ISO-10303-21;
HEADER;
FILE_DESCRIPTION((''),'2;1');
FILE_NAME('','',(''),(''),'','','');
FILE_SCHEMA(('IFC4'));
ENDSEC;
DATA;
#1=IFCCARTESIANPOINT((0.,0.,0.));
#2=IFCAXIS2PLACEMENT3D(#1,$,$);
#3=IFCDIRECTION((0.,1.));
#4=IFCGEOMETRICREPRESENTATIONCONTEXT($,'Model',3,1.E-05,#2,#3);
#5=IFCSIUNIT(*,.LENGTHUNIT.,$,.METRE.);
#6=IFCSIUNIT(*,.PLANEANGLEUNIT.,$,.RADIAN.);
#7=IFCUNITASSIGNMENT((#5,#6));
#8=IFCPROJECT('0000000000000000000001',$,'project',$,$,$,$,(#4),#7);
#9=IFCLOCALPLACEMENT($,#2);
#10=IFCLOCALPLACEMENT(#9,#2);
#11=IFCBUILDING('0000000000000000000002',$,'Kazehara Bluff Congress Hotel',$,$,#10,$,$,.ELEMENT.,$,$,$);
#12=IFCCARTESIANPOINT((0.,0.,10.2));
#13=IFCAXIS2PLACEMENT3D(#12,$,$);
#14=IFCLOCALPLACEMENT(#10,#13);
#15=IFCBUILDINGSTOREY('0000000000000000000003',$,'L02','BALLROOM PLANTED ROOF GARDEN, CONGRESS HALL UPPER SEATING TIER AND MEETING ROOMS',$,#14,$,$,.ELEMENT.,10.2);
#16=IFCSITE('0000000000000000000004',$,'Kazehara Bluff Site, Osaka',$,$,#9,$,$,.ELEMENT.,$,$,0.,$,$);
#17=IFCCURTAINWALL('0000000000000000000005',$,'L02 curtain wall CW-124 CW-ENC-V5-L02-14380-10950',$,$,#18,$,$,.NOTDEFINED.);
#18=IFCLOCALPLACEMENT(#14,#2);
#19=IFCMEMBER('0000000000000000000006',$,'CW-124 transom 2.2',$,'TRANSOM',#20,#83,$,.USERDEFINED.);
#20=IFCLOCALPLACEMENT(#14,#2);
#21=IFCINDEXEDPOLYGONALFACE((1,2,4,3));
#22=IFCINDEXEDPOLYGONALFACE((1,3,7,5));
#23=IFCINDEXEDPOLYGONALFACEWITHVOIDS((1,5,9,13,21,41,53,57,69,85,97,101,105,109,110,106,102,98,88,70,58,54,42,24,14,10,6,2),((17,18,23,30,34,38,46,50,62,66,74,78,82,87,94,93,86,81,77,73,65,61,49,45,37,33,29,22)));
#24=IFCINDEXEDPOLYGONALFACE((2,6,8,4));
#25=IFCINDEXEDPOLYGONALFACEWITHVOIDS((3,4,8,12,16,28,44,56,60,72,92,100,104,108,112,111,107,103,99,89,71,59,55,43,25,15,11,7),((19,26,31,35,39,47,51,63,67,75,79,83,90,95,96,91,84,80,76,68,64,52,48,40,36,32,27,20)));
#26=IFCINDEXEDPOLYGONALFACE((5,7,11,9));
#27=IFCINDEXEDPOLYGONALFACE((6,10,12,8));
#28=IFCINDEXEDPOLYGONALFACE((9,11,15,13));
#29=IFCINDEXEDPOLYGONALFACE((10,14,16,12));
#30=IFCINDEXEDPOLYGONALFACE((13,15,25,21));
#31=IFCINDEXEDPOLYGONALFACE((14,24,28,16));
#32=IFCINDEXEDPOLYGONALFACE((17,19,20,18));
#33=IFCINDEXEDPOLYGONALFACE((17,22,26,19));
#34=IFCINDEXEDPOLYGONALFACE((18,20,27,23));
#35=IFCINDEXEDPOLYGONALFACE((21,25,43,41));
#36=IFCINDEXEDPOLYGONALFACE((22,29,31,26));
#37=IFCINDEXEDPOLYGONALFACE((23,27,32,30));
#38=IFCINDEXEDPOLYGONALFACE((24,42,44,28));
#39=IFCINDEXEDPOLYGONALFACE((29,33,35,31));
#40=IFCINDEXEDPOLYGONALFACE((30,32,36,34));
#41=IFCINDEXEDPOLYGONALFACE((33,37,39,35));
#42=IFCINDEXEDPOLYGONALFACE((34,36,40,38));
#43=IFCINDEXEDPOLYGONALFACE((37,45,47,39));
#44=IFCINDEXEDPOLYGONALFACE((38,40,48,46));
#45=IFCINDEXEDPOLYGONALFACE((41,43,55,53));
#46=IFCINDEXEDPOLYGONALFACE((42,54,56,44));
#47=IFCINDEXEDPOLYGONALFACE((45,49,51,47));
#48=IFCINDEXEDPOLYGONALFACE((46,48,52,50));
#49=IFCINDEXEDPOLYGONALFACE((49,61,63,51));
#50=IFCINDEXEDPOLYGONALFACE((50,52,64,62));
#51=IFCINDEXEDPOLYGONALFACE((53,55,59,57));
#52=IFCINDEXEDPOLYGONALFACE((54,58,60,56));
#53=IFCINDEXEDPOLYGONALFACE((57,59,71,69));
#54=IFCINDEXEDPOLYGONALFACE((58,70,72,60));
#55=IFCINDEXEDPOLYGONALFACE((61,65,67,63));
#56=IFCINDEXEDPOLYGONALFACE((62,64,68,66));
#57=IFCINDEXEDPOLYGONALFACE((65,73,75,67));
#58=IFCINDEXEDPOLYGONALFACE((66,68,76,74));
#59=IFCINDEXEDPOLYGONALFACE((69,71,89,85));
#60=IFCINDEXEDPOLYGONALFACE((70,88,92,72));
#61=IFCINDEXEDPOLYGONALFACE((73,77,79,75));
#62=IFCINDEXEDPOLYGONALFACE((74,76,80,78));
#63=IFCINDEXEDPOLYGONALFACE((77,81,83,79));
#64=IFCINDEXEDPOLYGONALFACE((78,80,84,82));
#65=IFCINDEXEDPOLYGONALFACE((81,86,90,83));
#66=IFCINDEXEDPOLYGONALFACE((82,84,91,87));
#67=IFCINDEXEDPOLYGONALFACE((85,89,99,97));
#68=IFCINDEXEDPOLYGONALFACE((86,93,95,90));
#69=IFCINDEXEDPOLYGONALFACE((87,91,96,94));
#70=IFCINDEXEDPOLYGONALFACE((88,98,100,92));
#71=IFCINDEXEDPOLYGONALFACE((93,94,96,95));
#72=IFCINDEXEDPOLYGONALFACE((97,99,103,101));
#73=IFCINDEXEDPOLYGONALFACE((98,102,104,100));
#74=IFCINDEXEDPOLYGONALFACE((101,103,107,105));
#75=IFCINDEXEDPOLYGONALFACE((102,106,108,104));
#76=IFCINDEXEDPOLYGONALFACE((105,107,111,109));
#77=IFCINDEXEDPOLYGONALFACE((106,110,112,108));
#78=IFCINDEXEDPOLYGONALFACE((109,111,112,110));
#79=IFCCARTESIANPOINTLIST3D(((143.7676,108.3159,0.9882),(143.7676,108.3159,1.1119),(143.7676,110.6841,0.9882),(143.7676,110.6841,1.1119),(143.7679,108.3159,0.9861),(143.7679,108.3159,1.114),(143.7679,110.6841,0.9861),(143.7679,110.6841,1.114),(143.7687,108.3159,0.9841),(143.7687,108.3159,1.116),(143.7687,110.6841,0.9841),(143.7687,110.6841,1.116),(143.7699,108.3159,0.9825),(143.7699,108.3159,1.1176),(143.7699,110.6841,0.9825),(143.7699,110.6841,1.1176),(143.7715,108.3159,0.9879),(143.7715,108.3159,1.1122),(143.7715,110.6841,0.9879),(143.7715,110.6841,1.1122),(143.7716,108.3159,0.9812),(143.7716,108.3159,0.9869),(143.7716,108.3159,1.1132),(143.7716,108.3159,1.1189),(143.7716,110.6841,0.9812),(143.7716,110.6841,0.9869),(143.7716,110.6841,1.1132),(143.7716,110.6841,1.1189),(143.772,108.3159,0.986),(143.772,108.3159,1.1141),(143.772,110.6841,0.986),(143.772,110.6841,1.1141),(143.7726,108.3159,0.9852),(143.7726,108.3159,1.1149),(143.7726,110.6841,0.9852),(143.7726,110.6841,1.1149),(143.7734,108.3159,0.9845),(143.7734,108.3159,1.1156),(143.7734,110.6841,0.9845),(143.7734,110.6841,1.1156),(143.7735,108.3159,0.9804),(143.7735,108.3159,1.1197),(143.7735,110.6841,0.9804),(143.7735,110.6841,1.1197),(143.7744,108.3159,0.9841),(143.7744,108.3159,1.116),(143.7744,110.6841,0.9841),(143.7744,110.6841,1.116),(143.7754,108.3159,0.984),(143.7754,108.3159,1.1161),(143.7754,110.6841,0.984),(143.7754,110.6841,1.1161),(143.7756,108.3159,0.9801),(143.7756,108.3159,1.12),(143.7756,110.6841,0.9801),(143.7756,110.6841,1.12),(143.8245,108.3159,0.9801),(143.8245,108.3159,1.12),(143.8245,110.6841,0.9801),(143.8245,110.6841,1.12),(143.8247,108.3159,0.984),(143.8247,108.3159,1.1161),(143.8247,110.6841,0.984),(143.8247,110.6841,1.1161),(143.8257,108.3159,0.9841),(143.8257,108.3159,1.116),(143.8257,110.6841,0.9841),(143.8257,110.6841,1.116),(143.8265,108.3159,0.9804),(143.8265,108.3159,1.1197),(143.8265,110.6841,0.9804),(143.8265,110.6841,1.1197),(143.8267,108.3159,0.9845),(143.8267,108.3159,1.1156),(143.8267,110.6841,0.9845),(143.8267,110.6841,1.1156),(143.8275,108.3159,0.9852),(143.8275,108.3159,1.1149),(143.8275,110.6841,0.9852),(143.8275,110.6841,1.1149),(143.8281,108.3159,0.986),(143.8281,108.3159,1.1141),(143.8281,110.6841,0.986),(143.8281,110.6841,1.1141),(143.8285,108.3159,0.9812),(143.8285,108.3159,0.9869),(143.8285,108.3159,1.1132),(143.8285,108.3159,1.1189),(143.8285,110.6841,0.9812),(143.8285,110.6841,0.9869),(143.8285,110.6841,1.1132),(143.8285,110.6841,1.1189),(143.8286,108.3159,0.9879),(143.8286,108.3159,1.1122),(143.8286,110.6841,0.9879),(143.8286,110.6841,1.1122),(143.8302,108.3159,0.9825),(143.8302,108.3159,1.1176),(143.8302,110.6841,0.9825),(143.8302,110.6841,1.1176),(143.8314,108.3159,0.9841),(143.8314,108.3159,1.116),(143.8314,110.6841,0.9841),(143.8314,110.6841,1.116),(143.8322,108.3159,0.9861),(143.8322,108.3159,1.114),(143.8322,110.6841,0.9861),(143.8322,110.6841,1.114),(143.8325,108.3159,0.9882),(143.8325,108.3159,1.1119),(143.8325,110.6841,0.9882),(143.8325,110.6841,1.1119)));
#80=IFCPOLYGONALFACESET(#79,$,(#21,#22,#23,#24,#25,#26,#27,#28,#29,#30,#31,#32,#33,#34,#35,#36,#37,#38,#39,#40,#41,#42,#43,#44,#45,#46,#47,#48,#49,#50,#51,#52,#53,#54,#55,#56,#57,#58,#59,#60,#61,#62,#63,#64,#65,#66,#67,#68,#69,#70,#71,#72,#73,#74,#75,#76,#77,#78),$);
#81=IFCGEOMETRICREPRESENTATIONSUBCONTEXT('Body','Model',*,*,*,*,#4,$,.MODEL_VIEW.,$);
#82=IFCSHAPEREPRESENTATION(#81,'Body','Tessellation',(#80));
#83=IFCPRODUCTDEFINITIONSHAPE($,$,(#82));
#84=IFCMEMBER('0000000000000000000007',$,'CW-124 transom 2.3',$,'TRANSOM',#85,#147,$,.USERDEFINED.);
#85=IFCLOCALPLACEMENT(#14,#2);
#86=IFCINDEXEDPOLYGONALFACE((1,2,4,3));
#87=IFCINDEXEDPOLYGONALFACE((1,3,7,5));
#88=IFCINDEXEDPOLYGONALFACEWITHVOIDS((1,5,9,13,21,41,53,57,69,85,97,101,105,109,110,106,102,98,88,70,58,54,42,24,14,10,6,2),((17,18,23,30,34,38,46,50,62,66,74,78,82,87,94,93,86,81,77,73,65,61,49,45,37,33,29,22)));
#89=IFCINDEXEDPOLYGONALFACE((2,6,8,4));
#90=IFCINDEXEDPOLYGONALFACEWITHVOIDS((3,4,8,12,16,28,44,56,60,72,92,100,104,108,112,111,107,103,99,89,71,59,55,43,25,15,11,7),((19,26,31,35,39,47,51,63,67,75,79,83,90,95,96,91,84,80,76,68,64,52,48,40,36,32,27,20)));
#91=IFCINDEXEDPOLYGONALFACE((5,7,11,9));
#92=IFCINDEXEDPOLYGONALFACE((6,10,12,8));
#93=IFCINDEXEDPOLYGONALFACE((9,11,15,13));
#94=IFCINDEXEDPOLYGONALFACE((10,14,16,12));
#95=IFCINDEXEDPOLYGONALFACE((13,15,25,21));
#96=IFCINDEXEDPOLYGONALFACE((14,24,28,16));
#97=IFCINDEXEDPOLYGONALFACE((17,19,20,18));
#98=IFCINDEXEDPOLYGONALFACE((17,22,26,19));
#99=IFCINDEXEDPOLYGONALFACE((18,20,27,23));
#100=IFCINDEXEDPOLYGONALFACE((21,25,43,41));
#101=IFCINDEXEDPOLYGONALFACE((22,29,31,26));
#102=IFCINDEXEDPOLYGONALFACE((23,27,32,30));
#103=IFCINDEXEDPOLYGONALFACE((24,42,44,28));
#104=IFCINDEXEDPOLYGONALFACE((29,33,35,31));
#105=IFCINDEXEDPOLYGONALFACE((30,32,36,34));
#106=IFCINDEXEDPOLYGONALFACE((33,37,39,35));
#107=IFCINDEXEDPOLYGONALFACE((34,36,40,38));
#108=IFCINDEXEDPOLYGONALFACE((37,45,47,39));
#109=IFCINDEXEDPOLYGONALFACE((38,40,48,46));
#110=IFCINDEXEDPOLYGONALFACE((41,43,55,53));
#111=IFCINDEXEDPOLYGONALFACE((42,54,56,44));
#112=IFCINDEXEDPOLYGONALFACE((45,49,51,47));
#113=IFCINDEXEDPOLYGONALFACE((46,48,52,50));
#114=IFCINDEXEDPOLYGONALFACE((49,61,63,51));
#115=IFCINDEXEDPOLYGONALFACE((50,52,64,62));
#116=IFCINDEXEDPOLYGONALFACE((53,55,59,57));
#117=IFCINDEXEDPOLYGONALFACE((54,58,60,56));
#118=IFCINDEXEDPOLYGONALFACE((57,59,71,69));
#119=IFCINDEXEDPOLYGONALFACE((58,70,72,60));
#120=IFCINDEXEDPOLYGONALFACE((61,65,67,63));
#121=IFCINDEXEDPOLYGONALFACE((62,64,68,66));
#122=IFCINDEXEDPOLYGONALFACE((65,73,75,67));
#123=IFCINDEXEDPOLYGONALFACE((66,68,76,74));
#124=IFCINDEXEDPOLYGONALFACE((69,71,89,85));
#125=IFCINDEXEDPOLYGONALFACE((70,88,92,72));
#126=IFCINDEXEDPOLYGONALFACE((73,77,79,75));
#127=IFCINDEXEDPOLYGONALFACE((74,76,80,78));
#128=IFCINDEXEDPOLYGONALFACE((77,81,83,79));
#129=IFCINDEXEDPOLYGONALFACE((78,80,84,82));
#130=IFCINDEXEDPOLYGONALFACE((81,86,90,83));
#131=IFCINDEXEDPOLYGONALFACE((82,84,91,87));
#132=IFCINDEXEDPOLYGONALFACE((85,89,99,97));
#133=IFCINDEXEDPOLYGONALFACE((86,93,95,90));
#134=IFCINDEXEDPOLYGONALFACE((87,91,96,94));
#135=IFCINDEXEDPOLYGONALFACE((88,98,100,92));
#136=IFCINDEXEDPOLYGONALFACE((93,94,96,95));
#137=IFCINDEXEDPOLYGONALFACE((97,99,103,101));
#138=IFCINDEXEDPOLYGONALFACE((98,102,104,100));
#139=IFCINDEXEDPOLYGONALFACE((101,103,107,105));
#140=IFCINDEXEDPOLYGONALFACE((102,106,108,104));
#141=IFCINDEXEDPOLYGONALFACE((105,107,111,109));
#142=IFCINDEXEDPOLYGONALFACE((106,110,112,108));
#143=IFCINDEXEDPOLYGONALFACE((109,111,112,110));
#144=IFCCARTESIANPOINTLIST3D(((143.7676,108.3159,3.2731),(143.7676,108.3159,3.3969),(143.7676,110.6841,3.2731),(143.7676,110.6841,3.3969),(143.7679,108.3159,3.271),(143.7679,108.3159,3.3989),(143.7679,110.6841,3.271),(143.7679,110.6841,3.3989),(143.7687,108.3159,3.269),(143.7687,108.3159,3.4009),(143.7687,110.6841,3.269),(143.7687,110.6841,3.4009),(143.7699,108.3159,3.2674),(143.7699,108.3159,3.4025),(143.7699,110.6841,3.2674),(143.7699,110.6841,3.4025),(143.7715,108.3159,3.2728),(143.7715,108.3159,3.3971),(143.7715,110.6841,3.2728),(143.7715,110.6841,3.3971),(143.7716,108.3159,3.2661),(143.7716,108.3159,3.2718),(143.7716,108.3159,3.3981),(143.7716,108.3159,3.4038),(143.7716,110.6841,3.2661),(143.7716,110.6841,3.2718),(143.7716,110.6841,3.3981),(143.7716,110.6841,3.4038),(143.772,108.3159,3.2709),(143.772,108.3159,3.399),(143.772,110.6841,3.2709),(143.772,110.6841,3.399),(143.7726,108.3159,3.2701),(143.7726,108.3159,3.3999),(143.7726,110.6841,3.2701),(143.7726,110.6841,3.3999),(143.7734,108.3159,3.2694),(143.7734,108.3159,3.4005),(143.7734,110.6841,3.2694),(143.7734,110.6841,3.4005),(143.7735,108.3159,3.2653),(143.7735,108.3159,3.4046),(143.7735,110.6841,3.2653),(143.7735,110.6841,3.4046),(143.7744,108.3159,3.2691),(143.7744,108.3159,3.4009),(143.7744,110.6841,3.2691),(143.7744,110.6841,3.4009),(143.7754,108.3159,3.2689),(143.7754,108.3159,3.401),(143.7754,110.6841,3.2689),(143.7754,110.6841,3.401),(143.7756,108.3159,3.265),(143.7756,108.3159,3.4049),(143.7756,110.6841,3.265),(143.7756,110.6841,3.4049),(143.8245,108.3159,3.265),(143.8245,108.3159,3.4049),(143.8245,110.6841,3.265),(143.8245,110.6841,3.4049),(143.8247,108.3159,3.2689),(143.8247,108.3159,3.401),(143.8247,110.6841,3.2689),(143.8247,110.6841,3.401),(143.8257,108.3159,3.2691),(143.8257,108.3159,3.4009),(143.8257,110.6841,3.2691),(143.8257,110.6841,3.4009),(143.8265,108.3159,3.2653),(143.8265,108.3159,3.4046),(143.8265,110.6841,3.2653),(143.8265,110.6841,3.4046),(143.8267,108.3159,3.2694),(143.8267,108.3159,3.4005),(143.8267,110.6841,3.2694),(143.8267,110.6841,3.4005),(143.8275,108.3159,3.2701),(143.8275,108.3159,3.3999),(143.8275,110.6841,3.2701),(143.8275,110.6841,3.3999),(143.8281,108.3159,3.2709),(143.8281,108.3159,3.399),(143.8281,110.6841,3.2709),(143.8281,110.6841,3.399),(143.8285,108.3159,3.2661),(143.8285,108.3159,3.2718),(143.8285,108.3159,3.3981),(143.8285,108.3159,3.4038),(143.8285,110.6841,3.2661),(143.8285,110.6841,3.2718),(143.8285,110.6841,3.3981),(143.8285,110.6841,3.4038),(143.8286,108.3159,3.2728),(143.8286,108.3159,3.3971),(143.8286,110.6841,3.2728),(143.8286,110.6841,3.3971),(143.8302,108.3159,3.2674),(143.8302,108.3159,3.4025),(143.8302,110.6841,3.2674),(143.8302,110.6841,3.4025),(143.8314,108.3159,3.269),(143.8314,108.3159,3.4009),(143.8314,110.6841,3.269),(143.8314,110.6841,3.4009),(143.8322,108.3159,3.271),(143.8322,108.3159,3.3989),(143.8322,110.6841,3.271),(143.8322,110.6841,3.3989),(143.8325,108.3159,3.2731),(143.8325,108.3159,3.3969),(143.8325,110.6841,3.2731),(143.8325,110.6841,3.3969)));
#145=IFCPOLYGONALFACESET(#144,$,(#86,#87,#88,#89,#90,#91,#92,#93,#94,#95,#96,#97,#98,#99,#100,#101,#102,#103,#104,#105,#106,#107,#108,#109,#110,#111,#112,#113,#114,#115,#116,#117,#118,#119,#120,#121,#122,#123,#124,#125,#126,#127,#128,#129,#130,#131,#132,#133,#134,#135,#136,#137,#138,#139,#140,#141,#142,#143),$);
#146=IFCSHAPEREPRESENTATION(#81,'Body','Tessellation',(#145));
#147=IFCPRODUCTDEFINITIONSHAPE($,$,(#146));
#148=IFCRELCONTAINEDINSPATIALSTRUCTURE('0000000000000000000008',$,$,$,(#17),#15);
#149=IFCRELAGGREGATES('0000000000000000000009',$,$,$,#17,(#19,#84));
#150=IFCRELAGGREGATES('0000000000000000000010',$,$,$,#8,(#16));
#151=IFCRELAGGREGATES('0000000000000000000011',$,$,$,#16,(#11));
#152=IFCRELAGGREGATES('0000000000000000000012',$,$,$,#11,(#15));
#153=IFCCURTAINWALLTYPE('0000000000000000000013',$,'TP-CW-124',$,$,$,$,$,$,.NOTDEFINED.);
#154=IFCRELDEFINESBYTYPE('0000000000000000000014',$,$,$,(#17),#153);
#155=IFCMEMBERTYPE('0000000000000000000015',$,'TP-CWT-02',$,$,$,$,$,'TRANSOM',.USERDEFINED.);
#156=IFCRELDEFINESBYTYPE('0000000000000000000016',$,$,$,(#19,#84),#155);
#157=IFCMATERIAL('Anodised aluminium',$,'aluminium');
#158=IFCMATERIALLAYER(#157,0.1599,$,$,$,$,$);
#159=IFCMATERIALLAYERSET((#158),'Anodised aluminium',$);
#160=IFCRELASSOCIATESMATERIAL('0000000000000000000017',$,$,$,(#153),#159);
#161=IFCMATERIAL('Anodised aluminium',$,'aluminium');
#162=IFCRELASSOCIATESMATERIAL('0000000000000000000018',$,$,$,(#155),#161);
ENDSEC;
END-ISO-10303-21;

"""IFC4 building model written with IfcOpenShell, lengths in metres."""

from ifc_helpers import new_model, si_unit, direction, frame, origin, origin_2d, place, context, subcontext, project, spatial, hollow_rectangle, extrude, material, layer, layer_set, material_profile, profile_set, type_object, element, aggregate, save


model = new_model("IFC4")

# Units and contexts
model_context = context("Model", 3, precision=1e-05, world=origin(), true_north=direction((0.0, 1.0)))
body_context = subcontext(model_context, "Body", "Model", "MODEL_VIEW")
ifc_project = project(units=[si_unit("LENGTHUNIT", "METRE"), si_unit("PLANEANGLEUNIT", "RADIAN")], contexts=[model_context])

# Site, building, storey
site_placement = place(None, origin())
site = spatial("IfcSite", under=ifc_project, at=site_placement, Name="Kazehara Bluff Site, Osaka", CompositionType="ELEMENT", RefElevation=0.0)
building_placement = place(site_placement, origin())
building = spatial("IfcBuilding", under=site, at=building_placement, Name="Kazehara Bluff Congress Hotel", CompositionType="ELEMENT")
storey_placement = place(building_placement, frame((0.0, 0.0, 10.2)))
storey = spatial("IfcBuildingStorey", under=building, at=storey_placement, Name="L02", Description="BALLROOM PLANTED ROOF GARDEN, CONGRESS HALL UPPER SEATING TIER AND MEETING ROOMS", CompositionType="ELEMENT", Elevation=10.2)

# Curtain wall, members
ifc_material_1 = material(Name="Anodised aluminium", Category="aluminium")
ifc_layer_1 = layer(ifc_material_1, 0.1599)
ifc_layer_set_1 = layer_set([ifc_layer_1], Name="Anodised aluminium")
curtain_wall_type = type_object("IfcCurtainWallType", Name="TP-CW-124", PredefinedType="NOTDEFINED", material=ifc_layer_set_1)
curtain_wall_placement = place(storey_placement, origin())
curtain_wall = element("IfcCurtainWall", 1, at=curtain_wall_placement, inside=storey, type_object=curtain_wall_type, Name="L02 curtain wall CW-124 CW-ENC-V5-L02-14380-10950", PredefinedType="NOTDEFINED")
ifc_material_2 = material(Name="Anodised aluminium", Category="aluminium")
ifc_material_profile_1 = material_profile(ifc_material_2, hollow_rectangle(XDim=0.0649, YDim=0.1399, WallThickness=0.0039, InnerFilletRadius=0.0039, OuterFilletRadius=0.0081, at=origin_2d()))
ifc_profile_set_1 = profile_set([ifc_material_profile_1], Name="Anodised aluminium")
member_type_1 = type_object("IfcMemberType", Name="TP-CWT-02", ElementType="TRANSOM", PredefinedType="USERDEFINED", material=ifc_profile_set_1)
member_1_placement = place(storey_placement, frame((143.8, 108.3159, 1.05), z_axis=(0.0, 1.0, 0.0), x_axis=(-1.0, 0.0, 0.0)))
member_1 = element("IfcMember", 2, at=member_1_placement, type_object=member_type_1, Name="CW-124 transom 2.2", ObjectType="TRANSOM", PredefinedType="USERDEFINED", context=body_context, shape_type="SweptSolid", body=[
    extrude(hollow_rectangle(XDim=0.0649, YDim=0.1399, WallThickness=0.0039, InnerFilletRadius=0.0039, OuterFilletRadius=0.0081, at=origin_2d()), origin(), (0.0, 0.0, 1.0), 2.3682),
])
member_2_placement = place(storey_placement, frame((143.8, 108.3159, 3.335), z_axis=(0.0, 1.0, 0.0), x_axis=(-1.0, 0.0, 0.0)))
member_2 = element("IfcMember", 3, at=member_2_placement, type_object=member_type_1, Name="CW-124 transom 2.3", ObjectType="TRANSOM", PredefinedType="USERDEFINED", context=body_context, shape_type="SweptSolid", body=[
    extrude(hollow_rectangle(XDim=0.0649, YDim=0.1399, WallThickness=0.0039, InnerFilletRadius=0.0039, OuterFilletRadius=0.0081, at=origin_2d()), origin(), (0.0, 0.0, 1.0), 2.3682),
])

aggregate(curtain_wall, [member_1, member_2])

save(model, "model.ifc")
